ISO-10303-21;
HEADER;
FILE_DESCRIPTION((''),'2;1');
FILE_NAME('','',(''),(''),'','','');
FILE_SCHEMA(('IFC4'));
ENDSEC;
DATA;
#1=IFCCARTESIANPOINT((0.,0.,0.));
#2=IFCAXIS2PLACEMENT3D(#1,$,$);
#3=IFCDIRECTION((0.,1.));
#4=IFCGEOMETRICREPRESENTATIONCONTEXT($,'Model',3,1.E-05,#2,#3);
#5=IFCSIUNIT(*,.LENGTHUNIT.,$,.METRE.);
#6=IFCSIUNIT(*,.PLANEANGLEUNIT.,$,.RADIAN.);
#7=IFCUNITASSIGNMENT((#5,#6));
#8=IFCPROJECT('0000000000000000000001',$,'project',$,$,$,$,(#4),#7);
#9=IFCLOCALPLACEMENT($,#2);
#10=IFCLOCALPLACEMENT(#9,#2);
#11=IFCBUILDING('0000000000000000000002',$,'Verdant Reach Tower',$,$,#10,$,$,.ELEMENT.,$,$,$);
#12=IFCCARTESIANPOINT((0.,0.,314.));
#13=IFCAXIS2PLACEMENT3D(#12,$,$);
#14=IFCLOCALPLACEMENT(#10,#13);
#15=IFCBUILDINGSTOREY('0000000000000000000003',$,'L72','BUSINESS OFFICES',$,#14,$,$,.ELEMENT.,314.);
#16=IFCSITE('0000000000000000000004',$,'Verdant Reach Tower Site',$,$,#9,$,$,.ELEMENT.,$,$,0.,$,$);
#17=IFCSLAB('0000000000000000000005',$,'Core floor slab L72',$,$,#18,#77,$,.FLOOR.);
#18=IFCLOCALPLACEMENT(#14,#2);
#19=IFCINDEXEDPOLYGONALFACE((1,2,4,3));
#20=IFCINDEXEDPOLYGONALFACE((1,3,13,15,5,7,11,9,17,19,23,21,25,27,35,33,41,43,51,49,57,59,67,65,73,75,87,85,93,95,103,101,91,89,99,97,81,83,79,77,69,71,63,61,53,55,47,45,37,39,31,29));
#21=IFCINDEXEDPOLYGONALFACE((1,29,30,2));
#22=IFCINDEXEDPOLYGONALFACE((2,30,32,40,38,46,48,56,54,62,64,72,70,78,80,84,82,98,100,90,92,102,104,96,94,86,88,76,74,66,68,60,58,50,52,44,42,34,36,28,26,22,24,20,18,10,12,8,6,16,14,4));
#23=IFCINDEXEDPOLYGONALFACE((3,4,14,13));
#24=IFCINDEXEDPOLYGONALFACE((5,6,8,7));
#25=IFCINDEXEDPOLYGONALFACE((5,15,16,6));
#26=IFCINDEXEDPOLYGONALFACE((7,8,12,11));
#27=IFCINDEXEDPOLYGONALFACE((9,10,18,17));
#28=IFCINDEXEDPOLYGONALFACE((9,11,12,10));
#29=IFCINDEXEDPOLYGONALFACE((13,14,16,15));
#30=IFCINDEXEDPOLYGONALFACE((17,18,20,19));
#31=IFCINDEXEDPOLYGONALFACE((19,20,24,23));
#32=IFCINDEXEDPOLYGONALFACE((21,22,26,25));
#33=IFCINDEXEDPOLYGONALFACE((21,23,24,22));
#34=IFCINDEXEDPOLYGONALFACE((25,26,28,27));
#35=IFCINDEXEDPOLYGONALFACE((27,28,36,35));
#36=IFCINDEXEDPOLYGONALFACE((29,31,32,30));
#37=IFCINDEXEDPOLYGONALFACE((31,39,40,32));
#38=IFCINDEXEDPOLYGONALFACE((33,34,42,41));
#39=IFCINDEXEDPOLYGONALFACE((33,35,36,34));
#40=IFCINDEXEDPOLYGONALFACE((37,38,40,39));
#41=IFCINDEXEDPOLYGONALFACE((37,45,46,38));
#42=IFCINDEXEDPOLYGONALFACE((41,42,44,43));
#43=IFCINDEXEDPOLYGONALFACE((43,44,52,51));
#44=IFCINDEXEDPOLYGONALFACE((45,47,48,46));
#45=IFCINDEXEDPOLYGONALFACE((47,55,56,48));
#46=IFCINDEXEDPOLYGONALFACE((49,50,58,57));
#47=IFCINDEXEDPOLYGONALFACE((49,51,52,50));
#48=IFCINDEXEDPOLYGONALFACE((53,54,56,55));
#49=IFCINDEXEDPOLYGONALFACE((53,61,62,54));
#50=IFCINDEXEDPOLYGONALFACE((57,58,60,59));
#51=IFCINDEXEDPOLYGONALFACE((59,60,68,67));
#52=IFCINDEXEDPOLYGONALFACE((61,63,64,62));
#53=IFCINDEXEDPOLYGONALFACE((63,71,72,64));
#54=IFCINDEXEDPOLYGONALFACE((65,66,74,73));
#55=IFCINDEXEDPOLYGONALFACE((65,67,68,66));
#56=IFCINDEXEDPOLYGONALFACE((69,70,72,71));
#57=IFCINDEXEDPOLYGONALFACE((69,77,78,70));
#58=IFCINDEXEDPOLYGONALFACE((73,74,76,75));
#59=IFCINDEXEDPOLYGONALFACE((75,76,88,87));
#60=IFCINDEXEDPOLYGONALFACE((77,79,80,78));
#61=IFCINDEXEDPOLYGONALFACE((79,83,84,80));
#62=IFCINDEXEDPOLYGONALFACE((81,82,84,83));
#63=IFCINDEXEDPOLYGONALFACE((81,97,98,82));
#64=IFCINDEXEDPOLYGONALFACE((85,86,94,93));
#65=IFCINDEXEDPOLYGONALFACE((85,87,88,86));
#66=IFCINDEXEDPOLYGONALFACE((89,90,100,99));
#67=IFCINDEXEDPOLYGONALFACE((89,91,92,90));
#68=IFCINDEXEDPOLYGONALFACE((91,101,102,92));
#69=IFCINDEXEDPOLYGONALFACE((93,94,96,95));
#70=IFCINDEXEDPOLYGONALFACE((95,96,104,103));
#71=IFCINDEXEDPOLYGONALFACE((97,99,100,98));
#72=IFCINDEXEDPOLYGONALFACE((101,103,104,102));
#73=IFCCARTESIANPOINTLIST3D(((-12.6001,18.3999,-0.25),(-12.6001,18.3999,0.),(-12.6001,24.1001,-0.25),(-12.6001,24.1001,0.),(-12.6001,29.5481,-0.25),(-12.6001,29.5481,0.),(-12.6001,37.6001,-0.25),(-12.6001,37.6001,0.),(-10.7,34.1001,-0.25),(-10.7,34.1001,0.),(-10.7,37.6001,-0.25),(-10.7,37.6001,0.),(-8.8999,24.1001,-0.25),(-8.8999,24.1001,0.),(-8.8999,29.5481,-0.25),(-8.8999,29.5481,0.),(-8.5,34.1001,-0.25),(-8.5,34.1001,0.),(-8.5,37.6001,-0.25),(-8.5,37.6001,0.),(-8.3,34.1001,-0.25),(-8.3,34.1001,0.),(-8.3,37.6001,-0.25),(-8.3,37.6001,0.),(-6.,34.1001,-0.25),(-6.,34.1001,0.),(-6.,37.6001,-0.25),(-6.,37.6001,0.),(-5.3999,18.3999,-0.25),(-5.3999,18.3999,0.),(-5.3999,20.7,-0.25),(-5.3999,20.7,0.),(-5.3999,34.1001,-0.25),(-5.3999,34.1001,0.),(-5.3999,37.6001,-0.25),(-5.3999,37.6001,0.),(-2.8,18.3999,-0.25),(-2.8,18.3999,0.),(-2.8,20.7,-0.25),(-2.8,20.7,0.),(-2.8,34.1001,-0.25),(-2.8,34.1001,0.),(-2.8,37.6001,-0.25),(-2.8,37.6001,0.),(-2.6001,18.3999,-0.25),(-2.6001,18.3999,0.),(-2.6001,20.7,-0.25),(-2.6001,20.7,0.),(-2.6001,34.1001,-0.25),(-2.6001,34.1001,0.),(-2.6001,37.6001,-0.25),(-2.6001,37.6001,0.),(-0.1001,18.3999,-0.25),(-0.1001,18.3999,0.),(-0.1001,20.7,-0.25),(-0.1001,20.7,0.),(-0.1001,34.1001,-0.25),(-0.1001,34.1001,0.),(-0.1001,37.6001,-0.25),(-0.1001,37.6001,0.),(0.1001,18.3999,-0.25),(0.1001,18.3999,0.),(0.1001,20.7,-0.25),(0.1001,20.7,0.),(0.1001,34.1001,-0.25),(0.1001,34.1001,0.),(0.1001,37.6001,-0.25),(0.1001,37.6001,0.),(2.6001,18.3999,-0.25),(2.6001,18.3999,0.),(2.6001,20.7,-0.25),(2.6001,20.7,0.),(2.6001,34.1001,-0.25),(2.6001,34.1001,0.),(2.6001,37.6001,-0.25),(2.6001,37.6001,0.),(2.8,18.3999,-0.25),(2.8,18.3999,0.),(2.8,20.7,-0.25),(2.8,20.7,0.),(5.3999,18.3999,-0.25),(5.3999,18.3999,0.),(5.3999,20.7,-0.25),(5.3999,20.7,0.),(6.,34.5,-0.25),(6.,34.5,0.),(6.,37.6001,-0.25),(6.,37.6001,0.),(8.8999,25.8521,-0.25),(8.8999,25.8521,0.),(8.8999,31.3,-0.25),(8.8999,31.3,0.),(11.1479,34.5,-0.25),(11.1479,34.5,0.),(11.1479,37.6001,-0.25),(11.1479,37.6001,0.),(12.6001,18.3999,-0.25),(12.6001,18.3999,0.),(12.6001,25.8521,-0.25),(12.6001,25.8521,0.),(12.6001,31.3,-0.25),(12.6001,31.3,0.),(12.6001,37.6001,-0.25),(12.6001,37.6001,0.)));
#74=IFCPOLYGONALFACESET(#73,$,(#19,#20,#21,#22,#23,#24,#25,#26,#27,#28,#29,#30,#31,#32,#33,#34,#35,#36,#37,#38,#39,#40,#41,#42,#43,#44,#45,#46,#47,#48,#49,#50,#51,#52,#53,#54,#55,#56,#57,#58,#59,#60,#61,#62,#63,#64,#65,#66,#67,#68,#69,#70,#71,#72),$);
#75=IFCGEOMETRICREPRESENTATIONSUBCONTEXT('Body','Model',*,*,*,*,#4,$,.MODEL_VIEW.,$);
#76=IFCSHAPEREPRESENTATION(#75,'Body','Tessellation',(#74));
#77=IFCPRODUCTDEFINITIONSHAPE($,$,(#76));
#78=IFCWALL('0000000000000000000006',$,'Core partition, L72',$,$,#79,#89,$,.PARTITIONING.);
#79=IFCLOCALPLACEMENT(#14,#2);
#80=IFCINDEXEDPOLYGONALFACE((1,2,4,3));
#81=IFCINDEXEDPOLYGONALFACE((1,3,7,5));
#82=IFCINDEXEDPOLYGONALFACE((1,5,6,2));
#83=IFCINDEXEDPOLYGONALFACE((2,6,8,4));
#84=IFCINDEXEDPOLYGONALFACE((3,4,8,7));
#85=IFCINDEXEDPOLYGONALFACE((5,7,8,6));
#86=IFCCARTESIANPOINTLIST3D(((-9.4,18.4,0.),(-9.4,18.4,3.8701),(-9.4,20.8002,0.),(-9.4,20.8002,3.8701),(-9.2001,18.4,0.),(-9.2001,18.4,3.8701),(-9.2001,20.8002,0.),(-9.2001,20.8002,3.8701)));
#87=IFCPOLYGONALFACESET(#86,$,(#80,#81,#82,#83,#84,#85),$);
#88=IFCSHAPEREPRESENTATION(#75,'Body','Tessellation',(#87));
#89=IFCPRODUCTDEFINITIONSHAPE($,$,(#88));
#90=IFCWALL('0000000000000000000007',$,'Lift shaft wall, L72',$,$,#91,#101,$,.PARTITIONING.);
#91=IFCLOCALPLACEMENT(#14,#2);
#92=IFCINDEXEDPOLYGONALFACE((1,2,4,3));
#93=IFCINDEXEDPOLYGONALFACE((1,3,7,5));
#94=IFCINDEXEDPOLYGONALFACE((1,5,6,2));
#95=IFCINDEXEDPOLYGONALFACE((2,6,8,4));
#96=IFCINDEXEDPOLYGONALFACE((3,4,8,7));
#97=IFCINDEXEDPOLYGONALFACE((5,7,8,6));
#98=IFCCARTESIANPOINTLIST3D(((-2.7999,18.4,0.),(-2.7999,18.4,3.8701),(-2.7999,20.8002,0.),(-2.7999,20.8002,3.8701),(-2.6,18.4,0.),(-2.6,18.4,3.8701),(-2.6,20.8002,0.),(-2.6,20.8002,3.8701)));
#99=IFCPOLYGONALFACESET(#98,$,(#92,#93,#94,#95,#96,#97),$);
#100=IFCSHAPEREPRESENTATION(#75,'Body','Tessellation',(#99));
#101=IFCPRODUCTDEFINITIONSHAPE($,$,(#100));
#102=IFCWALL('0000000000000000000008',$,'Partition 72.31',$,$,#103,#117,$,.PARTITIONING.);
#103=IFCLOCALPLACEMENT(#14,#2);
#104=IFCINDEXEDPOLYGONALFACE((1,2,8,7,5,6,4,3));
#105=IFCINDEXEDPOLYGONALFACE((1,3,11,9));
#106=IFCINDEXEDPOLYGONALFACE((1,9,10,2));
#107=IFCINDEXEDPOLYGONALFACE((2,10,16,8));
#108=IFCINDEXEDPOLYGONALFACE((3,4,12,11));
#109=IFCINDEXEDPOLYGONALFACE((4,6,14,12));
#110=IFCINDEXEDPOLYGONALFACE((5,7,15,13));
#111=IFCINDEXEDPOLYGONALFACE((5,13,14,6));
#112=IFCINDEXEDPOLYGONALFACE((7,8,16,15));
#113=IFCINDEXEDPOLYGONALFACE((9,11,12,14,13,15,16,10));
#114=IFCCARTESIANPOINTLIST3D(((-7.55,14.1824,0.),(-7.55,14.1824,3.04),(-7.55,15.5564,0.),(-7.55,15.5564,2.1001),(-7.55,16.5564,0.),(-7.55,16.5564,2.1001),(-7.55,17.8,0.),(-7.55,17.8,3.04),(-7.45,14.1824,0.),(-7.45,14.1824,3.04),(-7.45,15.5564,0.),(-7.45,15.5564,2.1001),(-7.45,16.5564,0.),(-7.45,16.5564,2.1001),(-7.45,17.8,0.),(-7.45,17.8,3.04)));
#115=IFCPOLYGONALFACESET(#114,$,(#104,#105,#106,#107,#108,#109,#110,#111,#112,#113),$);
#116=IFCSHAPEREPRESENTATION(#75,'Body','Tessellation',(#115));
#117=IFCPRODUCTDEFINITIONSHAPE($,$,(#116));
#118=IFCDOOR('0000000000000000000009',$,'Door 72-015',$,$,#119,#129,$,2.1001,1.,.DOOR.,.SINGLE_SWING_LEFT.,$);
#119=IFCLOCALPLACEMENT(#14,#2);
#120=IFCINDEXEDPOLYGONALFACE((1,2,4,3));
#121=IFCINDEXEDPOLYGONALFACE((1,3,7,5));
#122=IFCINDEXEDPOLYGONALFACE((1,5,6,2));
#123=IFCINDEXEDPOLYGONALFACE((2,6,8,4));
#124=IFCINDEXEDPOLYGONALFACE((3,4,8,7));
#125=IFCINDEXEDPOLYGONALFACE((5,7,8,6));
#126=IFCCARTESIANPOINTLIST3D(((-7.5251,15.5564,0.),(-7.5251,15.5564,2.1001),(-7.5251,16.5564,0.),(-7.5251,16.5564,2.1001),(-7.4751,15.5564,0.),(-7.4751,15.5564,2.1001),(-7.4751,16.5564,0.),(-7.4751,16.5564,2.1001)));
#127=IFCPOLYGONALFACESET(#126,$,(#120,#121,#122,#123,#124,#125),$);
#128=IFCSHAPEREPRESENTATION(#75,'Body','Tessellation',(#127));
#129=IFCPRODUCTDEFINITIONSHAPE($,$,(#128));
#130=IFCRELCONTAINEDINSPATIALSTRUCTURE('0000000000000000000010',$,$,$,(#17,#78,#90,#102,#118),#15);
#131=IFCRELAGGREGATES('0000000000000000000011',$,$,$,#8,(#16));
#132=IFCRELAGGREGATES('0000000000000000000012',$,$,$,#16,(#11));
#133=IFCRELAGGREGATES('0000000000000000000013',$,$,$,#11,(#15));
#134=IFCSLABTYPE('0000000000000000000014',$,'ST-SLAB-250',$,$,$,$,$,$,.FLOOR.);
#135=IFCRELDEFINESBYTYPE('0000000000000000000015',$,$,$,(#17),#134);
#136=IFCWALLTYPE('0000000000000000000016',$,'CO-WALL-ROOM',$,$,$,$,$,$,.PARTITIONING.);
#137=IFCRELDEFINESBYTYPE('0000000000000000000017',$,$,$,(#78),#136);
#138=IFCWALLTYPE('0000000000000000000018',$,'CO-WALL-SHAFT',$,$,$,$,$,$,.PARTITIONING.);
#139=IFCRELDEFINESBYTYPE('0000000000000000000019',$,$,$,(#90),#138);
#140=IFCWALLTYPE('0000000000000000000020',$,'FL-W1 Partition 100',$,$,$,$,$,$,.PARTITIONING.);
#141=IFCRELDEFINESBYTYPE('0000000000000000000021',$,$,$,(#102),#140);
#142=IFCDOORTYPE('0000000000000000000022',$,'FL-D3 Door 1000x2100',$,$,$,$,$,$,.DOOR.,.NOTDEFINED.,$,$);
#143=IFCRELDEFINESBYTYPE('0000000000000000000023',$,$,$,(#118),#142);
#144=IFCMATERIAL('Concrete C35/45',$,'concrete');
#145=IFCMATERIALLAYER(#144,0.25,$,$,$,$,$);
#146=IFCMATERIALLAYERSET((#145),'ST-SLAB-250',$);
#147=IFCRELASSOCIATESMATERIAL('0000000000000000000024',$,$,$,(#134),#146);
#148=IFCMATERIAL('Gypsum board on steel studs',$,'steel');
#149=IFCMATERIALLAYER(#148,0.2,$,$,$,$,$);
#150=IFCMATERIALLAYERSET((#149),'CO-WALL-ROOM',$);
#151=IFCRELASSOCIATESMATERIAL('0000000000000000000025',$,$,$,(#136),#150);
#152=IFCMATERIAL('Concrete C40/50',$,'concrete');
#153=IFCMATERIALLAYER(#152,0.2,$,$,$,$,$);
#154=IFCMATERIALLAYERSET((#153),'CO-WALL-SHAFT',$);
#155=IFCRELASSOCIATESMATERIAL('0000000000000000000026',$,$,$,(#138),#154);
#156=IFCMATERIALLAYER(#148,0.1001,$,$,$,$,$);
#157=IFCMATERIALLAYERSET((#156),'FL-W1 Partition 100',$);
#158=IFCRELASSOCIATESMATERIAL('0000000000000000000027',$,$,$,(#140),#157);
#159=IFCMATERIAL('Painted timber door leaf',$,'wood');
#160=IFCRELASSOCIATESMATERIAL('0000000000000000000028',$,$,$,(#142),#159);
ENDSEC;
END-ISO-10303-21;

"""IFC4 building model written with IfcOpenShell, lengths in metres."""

from ifc_helpers import new_model, si_unit, direction, frame, frame_2d, origin, place, context, subcontext, project, spatial, polyline, rectangle, outline, extrude, material, layer, layer_set, type_object, element, fill, save


model = new_model("IFC4")

# Units and contexts
model_context = context("Model", 3, precision=1e-05, world=origin(), true_north=direction((0.0, 1.0)))
body_context = subcontext(model_context, "Body", "Model", "MODEL_VIEW")
ifc_project = project(units=[si_unit("LENGTHUNIT", "METRE"), si_unit("PLANEANGLEUNIT", "RADIAN")], contexts=[model_context])

# Site, building, storey
site_placement = place(None, origin())
site = spatial("IfcSite", under=ifc_project, at=site_placement, Name="Verdant Reach Tower Site", CompositionType="ELEMENT", RefElevation=0.0)
building_placement = place(site_placement, origin())
building = spatial("IfcBuilding", under=site, at=building_placement, Name="Verdant Reach Tower", CompositionType="ELEMENT")
storey_placement = place(building_placement, frame((0.0, 0.0, 314.0)))
storey = spatial("IfcBuildingStorey", under=building, at=storey_placement, Name="L72", Description="BUSINESS OFFICES", CompositionType="ELEMENT", Elevation=314.0)

# Slab
ifc_material_1 = material(Name="Concrete C35/45", Category="concrete")
ifc_layer_1 = layer(ifc_material_1, 0.25)
ifc_layer_set_1 = layer_set([ifc_layer_1], Name="ST-SLAB-250")
slab_type_1 = type_object("IfcSlabType", Name="ST-SLAB-250", PredefinedType="FLOOR", material=ifc_layer_set_1)
slab_1_placement = place(storey_placement, frame((0.0, 0.0, -0.25)))
element("IfcSlab", 1, at=slab_1_placement, inside=storey, type_object=slab_type_1, Name="Core floor slab L72", PredefinedType="FLOOR", context=body_context, shape_type="SweptSolid", body=[
    extrude(outline(polyline([(12.6001, 18.3999), (5.3999, 18.3999), (5.3999, 20.7), (2.8, 20.7), (2.8, 18.3999), (2.6001, 18.3999), (2.6001, 20.7), (0.1001, 20.7), (0.1001, 18.3999), (-0.1001, 18.3999), (-0.1001, 20.7), (-2.6001, 20.7), (-2.6001, 18.3999), (-2.8, 18.3999), (-2.8, 20.7), (-5.3999, 20.7), (-5.3999, 18.3999), (-12.6001, 18.3999), (-12.6001, 24.1001), (-8.8999, 24.1001), (-8.8999, 29.5481), (-12.6001, 29.5481), (-12.6001, 37.6001), (-10.7, 37.6001), (-10.7, 34.1001), (-8.5, 34.1001), (-8.5, 37.6001), (-8.3, 37.6001), (-8.3, 34.1001), (-6.0, 34.1001), (-6.0, 37.6001), (-5.3999, 37.6001), (-5.3999, 34.1001), (-2.8, 34.1001), (-2.8, 37.6001), (-2.6001, 37.6001), (-2.6001, 34.1001), (-0.1001, 34.1001), (-0.1001, 37.6001), (0.1001, 37.6001), (0.1001, 34.1001), (2.6001, 34.1001), (2.6001, 37.6001), (6.0, 37.6001), (6.0, 34.5), (11.1479, 34.5), (11.1479, 37.6001), (12.6001, 37.6001), (12.6001, 31.3), (8.8999, 31.3), (8.8999, 25.8521), (12.6001, 25.8521), (12.6001, 18.3999)])), origin(), (0.0, 0.0, 1.0), 0.25),
])

# Walls
ifc_material_2 = material(Name="Gypsum board on steel studs", Category="steel")
ifc_layer_2 = layer(ifc_material_2, 0.2)
ifc_layer_set_2 = layer_set([ifc_layer_2], Name="CO-WALL-ROOM")
wall_type_1 = type_object("IfcWallType", Name="CO-WALL-ROOM", PredefinedType="PARTITIONING", material=ifc_layer_set_2)
wall_1_placement = place(storey_placement, frame((-9.3, 18.3999, 0.0), z_axis=(0.0, 0.0, 1.0), x_axis=(0.0, 1.0, 0.0)))
element("IfcWall", 2, at=wall_1_placement, inside=storey, type_object=wall_type_1, Name="Core partition, L72", PredefinedType="PARTITIONING", context=body_context, shape_type="SweptSolid", body=[
    extrude(rectangle(XDim=2.4001, YDim=0.2, at=frame_2d((1.2002, 0.0))), origin(), (0.0, 0.0, 1.0), 3.8701),
])
ifc_material_3 = material(Name="Concrete C40/50", Category="concrete")
ifc_layer_3 = layer(ifc_material_3, 0.2)
ifc_layer_set_3 = layer_set([ifc_layer_3], Name="CO-WALL-SHAFT")
wall_type_2 = type_object("IfcWallType", Name="CO-WALL-SHAFT", PredefinedType="PARTITIONING", material=ifc_layer_set_3)
wall_2_placement = place(storey_placement, frame((-2.7, 18.3999, 0.0), z_axis=(0.0, 0.0, 1.0), x_axis=(0.0, 1.0, 0.0)))
element("IfcWall", 3, at=wall_2_placement, inside=storey, type_object=wall_type_2, Name="Lift shaft wall, L72", PredefinedType="PARTITIONING", context=body_context, shape_type="SweptSolid", body=[
    extrude(rectangle(XDim=2.4001, YDim=0.2, at=frame_2d((1.2002, 0.0))), origin(), (0.0, 0.0, 1.0), 3.8701),
])

# Wall, opening, door
ifc_layer_4 = layer(ifc_material_2, 0.1001)
ifc_layer_set_4 = layer_set([ifc_layer_4], Name="FL-W1 Partition 100")
wall_type_3 = type_object("IfcWallType", Name="FL-W1 Partition 100", PredefinedType="PARTITIONING", material=ifc_layer_set_4)
wall_3_placement = place(storey_placement, frame((-7.5, 17.8, 0.0), z_axis=(0.0, 0.0, 1.0), x_axis=(0.0, -1.0, 0.0)))
wall_3 = element("IfcWall", 4, at=wall_3_placement, inside=storey, type_object=wall_type_3, Name="Partition 72.31", PredefinedType="PARTITIONING", context=body_context, shape_type="SweptSolid", body=[
    extrude(rectangle(XDim=3.6177, YDim=0.1001, at=frame_2d((1.8088, 0.0))), origin(), (0.0, 0.0, 1.0), 3.04),
])
opening_1_placement = place(wall_3_placement, frame((1.2437, 0.0, 0.0)))
opening_1 = element("IfcOpeningElement", 5, at=opening_1_placement, cuts=wall_3, PredefinedType="OPENING", context=body_context, shape_type="SweptSolid", body=[
    extrude(rectangle(XDim=1.0, YDim=2.1001, at=frame_2d((0.5, 1.05))), frame((0.0, 0.0601, 0.0), z_axis=(0.0, -1.0, 0.0), x_axis=(1.0, 0.0, 0.0)), (0.0, 0.0, 1.0), 0.1201),
])
ifc_material_4 = material(Name="Painted timber door leaf", Category="wood")
door_type_1 = type_object("IfcDoorType", Name="FL-D3 Door 1000x2100", OperationType="NOTDEFINED", PredefinedType="DOOR", material=ifc_material_4)
door_1_placement = place(opening_1_placement, origin())
door_1 = element("IfcDoor", 6, at=door_1_placement, inside=storey, type_object=door_type_1, Name="Door 72-015", OperationType="SINGLE_SWING_LEFT", OverallHeight=2.1001, OverallWidth=1.0, PredefinedType="DOOR", context=body_context, shape_type="SweptSolid", body=[
    extrude(rectangle(XDim=1.0, YDim=2.1001, at=frame_2d((0.5, 1.05))), frame((0.0, 0.0249, 0.0), z_axis=(0.0, -1.0, 0.0), x_axis=(1.0, 0.0, 0.0)), (0.0, 0.0, 1.0), 0.05),
])
fill(opening_1, door_1)

save(model, "model.ifc")
